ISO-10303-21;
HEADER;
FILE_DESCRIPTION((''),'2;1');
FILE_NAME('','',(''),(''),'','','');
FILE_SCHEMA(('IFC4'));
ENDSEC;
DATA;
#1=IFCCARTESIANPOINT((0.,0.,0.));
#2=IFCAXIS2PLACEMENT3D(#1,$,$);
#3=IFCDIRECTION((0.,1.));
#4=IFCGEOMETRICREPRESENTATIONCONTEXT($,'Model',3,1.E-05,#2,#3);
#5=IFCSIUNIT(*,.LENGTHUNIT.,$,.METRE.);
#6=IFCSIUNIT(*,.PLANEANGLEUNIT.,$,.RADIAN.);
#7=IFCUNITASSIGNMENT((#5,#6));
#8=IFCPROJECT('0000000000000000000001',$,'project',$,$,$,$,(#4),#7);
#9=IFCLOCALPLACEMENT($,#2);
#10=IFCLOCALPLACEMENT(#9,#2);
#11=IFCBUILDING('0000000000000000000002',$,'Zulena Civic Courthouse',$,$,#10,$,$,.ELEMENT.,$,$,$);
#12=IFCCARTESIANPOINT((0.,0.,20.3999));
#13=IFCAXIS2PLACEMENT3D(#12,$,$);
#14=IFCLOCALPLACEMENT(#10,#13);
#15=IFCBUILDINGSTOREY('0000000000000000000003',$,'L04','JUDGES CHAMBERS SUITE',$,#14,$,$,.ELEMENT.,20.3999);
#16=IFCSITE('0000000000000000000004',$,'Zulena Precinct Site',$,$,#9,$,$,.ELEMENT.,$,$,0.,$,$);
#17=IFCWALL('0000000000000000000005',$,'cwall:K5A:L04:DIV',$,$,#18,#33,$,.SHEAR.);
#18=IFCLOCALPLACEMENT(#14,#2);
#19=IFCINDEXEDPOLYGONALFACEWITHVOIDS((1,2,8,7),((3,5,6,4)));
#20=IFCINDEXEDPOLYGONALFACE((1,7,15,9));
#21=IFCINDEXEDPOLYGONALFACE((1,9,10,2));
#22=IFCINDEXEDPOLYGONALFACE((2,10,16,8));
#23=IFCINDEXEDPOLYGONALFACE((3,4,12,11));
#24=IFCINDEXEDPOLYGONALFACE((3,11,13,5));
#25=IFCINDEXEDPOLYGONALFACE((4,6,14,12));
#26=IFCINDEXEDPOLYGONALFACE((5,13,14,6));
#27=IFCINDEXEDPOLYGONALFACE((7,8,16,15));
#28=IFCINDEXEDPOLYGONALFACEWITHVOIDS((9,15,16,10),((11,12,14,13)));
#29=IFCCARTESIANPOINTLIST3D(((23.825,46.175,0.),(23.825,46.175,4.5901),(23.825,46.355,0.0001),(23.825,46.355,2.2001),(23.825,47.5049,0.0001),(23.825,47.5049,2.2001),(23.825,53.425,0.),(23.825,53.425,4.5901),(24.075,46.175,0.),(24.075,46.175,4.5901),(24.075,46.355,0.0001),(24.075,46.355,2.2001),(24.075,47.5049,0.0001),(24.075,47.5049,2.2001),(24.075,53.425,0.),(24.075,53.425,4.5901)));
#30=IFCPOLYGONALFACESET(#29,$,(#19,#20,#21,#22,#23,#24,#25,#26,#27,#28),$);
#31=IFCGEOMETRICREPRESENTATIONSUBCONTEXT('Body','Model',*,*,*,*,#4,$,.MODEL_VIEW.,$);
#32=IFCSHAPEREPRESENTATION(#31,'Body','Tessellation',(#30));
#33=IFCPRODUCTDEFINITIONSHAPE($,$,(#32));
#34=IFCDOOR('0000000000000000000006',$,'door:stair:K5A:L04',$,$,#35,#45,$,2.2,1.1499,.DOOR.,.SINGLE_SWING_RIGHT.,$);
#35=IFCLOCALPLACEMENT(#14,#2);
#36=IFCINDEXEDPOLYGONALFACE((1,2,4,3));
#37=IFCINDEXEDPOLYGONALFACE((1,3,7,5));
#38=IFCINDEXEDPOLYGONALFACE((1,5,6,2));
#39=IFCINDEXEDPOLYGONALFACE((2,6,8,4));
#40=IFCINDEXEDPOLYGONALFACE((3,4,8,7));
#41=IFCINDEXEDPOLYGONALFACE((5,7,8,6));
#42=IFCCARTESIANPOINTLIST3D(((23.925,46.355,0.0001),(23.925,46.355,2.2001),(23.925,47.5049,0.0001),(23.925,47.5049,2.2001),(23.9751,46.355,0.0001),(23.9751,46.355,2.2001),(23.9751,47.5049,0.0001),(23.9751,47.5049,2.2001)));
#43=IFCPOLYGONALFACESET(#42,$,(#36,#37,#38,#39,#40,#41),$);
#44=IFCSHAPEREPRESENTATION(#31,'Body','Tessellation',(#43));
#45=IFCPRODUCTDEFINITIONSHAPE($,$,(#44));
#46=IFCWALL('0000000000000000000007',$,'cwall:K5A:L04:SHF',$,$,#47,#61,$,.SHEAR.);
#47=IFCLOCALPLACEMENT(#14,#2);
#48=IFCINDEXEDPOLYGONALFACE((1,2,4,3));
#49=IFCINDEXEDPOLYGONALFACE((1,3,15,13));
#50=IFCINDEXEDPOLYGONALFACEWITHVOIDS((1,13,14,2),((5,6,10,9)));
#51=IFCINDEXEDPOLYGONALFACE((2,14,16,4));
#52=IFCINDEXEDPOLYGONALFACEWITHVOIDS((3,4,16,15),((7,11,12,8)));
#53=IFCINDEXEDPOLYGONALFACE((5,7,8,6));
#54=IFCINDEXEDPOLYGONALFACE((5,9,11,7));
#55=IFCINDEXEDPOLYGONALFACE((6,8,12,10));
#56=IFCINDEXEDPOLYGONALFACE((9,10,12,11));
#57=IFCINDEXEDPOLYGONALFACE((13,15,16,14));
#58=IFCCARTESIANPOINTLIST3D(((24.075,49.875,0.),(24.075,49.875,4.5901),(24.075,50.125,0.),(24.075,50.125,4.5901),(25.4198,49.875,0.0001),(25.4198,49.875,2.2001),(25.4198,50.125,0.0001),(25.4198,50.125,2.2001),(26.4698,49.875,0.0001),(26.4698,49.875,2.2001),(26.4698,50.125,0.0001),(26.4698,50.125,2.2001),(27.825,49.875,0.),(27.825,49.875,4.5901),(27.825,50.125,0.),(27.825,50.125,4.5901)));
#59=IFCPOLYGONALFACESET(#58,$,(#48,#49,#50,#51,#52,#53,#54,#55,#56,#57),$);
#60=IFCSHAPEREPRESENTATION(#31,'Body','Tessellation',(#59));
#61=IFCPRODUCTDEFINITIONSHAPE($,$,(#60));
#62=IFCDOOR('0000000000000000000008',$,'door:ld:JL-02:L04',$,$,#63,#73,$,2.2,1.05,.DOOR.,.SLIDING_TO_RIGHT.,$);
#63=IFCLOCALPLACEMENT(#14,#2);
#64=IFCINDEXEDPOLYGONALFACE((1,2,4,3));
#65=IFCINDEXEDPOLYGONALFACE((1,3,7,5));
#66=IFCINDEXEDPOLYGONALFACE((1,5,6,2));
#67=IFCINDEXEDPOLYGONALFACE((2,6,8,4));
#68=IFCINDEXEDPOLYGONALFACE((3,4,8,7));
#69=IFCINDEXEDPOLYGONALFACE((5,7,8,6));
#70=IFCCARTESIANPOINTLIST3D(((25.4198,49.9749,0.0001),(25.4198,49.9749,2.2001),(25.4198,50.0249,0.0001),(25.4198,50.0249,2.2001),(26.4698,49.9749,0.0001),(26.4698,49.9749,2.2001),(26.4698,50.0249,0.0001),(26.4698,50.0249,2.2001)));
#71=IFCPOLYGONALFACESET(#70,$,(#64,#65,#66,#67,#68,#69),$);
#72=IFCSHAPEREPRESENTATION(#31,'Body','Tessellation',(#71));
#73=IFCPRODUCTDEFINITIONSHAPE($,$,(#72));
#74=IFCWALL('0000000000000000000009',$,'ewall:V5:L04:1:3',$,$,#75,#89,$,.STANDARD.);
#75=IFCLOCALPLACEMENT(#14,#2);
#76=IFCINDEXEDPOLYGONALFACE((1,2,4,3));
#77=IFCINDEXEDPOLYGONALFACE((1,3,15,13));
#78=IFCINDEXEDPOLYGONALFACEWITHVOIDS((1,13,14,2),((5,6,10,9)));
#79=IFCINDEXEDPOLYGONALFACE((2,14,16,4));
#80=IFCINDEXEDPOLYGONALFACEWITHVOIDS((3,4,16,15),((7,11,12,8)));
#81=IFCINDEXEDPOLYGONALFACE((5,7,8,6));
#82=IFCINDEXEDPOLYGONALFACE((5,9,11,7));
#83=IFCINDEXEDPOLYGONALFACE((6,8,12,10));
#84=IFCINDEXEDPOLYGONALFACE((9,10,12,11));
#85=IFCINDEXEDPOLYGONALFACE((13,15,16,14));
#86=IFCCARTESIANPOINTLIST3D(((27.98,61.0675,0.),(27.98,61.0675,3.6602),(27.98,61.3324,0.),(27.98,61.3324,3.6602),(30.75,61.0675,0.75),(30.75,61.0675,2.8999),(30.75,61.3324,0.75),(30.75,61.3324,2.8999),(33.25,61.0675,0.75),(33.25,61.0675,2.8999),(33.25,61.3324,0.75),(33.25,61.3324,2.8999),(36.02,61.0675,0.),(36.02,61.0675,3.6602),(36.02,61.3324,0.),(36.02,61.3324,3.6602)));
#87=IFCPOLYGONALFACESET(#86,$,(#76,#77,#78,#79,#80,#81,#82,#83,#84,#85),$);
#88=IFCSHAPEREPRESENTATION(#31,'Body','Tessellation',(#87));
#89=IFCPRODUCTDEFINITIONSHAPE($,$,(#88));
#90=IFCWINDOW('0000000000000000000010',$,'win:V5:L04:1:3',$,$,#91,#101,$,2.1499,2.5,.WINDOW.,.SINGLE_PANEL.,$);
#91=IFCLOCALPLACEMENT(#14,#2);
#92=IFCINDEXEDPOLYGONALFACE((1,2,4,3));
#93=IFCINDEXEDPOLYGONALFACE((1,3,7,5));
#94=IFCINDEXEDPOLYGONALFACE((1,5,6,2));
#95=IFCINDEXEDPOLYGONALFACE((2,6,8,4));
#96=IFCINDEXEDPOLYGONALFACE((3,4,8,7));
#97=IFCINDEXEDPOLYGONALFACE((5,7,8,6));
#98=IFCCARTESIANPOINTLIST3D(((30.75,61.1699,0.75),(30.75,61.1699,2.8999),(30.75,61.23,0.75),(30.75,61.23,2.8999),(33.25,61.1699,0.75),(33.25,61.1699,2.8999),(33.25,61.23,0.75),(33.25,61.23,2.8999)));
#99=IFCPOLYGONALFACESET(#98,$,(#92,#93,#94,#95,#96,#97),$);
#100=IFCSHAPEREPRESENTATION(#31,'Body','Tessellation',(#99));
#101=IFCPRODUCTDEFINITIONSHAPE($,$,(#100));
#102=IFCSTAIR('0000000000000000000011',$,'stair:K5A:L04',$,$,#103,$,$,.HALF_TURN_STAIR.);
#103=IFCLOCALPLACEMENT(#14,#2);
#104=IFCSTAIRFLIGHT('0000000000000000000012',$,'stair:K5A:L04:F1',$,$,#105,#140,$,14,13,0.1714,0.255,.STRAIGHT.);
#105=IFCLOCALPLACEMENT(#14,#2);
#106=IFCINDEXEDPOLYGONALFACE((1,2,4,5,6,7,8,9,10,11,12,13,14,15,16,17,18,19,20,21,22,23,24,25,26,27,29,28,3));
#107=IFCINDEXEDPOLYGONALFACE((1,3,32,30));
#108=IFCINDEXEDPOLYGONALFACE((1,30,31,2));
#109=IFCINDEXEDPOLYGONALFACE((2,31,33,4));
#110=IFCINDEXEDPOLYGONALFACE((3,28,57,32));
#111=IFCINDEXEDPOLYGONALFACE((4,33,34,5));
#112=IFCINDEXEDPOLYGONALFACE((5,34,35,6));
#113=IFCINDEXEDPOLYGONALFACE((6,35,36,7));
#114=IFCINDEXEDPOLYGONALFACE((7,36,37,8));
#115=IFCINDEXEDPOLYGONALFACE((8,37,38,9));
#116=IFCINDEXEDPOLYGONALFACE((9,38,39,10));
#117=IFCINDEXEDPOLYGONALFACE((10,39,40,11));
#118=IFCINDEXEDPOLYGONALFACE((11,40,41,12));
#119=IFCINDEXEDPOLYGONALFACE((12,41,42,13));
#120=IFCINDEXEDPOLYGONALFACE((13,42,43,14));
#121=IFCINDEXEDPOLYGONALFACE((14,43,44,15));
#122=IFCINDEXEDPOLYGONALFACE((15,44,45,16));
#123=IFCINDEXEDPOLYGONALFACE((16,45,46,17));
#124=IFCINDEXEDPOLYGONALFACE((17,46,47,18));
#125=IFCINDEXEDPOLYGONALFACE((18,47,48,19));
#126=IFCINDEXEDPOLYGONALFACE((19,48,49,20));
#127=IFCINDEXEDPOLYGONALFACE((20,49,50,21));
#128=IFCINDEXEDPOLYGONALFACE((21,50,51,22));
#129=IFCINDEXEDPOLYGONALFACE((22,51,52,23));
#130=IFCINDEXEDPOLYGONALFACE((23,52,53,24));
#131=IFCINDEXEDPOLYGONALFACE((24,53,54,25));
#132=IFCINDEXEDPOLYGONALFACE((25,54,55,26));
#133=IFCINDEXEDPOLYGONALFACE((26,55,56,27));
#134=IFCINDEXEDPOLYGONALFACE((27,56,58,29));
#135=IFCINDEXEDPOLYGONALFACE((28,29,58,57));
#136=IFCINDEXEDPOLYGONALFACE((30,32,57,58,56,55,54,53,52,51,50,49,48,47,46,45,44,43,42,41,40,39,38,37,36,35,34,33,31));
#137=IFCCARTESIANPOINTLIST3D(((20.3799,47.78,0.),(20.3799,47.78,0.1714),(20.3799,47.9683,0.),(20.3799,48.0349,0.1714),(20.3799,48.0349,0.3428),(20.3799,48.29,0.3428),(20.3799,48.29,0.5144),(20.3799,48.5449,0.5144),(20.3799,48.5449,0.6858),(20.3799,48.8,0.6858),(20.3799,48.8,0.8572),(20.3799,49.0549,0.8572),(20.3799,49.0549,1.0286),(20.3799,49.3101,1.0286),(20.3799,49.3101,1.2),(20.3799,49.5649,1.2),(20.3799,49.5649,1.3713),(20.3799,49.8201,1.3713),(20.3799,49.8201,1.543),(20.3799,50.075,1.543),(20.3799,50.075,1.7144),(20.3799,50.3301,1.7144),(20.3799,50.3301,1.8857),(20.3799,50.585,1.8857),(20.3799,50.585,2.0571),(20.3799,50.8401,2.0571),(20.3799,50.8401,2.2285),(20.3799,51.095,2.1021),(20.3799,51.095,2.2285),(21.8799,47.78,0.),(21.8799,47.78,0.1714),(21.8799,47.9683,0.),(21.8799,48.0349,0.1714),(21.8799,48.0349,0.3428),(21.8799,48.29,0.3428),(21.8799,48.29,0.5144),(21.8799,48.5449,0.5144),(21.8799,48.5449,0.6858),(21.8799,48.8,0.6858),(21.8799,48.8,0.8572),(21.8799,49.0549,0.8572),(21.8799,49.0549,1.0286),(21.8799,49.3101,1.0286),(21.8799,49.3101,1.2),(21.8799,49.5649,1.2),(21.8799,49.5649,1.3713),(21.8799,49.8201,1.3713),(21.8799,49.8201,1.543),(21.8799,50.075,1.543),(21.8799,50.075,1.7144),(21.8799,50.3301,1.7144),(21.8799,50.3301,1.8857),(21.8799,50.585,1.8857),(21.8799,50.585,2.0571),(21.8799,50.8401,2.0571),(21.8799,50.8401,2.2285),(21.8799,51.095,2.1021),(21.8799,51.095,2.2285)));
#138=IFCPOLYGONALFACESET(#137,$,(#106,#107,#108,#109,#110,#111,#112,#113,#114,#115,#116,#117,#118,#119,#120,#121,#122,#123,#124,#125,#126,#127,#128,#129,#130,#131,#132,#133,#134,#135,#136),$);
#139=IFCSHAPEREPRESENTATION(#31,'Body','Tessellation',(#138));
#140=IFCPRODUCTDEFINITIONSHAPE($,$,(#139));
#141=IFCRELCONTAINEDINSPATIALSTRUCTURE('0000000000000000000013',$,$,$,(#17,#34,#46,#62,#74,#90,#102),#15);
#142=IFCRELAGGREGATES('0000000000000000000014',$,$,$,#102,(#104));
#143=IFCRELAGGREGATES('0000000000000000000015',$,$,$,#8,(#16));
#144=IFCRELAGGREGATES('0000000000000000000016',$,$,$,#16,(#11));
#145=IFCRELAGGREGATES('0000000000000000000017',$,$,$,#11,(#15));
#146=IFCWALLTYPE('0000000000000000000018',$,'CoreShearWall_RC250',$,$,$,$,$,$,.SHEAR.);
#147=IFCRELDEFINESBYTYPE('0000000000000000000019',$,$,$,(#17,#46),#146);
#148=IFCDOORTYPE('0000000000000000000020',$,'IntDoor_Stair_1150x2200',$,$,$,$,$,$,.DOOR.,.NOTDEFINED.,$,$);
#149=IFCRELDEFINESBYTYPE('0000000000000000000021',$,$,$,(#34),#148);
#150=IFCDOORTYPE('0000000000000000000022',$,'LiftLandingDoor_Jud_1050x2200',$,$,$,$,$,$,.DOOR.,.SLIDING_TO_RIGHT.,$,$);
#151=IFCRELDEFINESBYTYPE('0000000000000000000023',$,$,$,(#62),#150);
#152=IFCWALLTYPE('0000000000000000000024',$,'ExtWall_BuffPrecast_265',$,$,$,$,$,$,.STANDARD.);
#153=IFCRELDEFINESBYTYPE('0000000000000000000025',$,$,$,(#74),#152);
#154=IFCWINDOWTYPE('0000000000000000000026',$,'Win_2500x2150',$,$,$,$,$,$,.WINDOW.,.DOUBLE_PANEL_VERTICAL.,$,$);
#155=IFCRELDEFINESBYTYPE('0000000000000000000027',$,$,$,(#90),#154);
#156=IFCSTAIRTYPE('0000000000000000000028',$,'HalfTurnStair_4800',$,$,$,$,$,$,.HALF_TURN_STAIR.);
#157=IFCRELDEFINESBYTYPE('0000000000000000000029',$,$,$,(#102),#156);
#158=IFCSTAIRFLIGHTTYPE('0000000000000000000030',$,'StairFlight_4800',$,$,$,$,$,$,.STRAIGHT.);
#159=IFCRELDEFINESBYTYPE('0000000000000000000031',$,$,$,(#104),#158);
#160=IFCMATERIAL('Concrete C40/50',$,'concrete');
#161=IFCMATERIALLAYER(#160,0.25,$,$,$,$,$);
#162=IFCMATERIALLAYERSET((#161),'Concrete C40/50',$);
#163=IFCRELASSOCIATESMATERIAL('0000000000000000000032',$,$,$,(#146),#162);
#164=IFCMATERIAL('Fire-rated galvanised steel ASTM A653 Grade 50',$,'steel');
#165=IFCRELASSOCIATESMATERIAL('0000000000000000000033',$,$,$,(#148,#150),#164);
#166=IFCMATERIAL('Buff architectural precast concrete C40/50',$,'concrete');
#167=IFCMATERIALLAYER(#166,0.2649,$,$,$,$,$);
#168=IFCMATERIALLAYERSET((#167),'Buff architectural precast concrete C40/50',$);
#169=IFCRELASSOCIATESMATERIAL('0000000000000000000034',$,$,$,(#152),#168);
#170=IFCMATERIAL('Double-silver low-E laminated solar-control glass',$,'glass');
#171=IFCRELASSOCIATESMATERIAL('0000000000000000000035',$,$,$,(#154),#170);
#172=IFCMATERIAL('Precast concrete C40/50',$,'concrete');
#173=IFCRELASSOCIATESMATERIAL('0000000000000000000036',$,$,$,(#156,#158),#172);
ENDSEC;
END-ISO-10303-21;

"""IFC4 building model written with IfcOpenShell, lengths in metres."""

from ifc_helpers import new_model, si_unit, direction, frame, frame_2d, origin, place, context, subcontext, project, spatial, polyline, rectangle, outline, extrude, material, layer, layer_set, type_object, element, fill, aggregate, save


model = new_model("IFC4")

# Units and contexts
model_context = context("Model", 3, precision=1e-05, world=origin(), true_north=direction((0.0, 1.0)))
body_context = subcontext(model_context, "Body", "Model", "MODEL_VIEW")
ifc_project = project(units=[si_unit("LENGTHUNIT", "METRE"), si_unit("PLANEANGLEUNIT", "RADIAN")], contexts=[model_context])

# Site, building, storey
site_placement = place(None, origin())
site = spatial("IfcSite", under=ifc_project, at=site_placement, Name="Zulena Precinct Site", CompositionType="ELEMENT", RefElevation=0.0)
building_placement = place(site_placement, origin())
building = spatial("IfcBuilding", under=site, at=building_placement, Name="Zulena Civic Courthouse", CompositionType="ELEMENT")
storey_placement = place(building_placement, frame((0.0, 0.0, 20.3999)))
storey = spatial("IfcBuildingStorey", under=building, at=storey_placement, Name="L04", Description="JUDGES CHAMBERS SUITE", CompositionType="ELEMENT", Elevation=20.3999)

# Walls, openings, doors
ifc_material_1 = material(Name="Concrete C40/50", Category="concrete")
ifc_layer_1 = layer(ifc_material_1, 0.25)
ifc_layer_set_1 = layer_set([ifc_layer_1], Name="Concrete C40/50")
wall_type_1 = type_object("IfcWallType", Name="CoreShearWall_RC250", PredefinedType="SHEAR", material=ifc_layer_set_1)
wall_1_placement = place(storey_placement, frame((23.95, 46.175, 0.0), z_axis=(0.0, 0.0, 1.0), x_axis=(0.0, 1.0, 0.0)))
wall_1 = element("IfcWall", 1, at=wall_1_placement, inside=storey, type_object=wall_type_1, Name="cwall:K5A:L04:DIV", PredefinedType="SHEAR", context=body_context, shape_type="SweptSolid", body=[
    extrude(rectangle(XDim=7.25, YDim=0.25, at=frame_2d((3.625, 0.0))), origin(), (0.0, 0.0, 1.0), 4.5901),
])
opening_1_placement = place(wall_1_placement, frame((0.1799, 0.0, 0.0)))
opening_1 = element("IfcOpeningElement", 2, at=opening_1_placement, cuts=wall_1, PredefinedType="OPENING", context=body_context, shape_type="SweptSolid", body=[
    extrude(rectangle(XDim=1.1499, YDim=2.2, at=frame_2d((0.575, 1.1001))), frame((0.0, 0.135, 0.0), z_axis=(0.0, -1.0, 0.0), x_axis=(1.0, 0.0, 0.0)), (0.0, 0.0, 1.0), 0.27),
])
ifc_material_2 = material(Name="Fire-rated galvanised steel ASTM A653 Grade 50", Category="steel")
door_type_1 = type_object("IfcDoorType", Name="IntDoor_Stair_1150x2200", OperationType="NOTDEFINED", PredefinedType="DOOR", material=ifc_material_2)
door_1_placement = place(opening_1_placement, origin())
door_1 = element("IfcDoor", 3, at=door_1_placement, inside=storey, type_object=door_type_1, Name="door:stair:K5A:L04", OperationType="SINGLE_SWING_RIGHT", OverallHeight=2.2, OverallWidth=1.1499, PredefinedType="DOOR", context=body_context, shape_type="SweptSolid", body=[
    extrude(rectangle(XDim=1.1499, YDim=2.2, at=frame_2d((0.575, 1.1001))), frame((0.0, 0.0249, 0.0), z_axis=(0.0, -1.0, 0.0), x_axis=(1.0, 0.0, 0.0)), (0.0, 0.0, 1.0), 0.05),
])
fill(opening_1, door_1)
wall_2_placement = place(storey_placement, frame((24.075, 50.0, 0.0), z_axis=(0.0, 0.0, 1.0), x_axis=(1.0, 0.0, 0.0)))
wall_2 = element("IfcWall", 4, at=wall_2_placement, inside=storey, type_object=wall_type_1, Name="cwall:K5A:L04:SHF", PredefinedType="SHEAR", context=body_context, shape_type="SweptSolid", body=[
    extrude(rectangle(XDim=3.75, YDim=0.25, at=frame_2d((1.875, 0.0))), origin(), (0.0, 0.0, 1.0), 4.5901),
])
opening_2_placement = place(wall_2_placement, frame((1.345, 0.0, 0.0)))
opening_2 = element("IfcOpeningElement", 5, at=opening_2_placement, cuts=wall_2, PredefinedType="OPENING", context=body_context, shape_type="SweptSolid", body=[
    extrude(rectangle(XDim=1.05, YDim=2.2, at=frame_2d((0.5249, 1.1001))), frame((0.0, 0.135, 0.0), z_axis=(0.0, -1.0, 0.0), x_axis=(1.0, 0.0, 0.0)), (0.0, 0.0, 1.0), 0.27),
])
door_type_2 = type_object("IfcDoorType", Name="LiftLandingDoor_Jud_1050x2200", OperationType="SLIDING_TO_RIGHT", PredefinedType="DOOR", material=ifc_material_2)
door_2_placement = place(opening_2_placement, origin())
door_2 = element("IfcDoor", 6, at=door_2_placement, inside=storey, type_object=door_type_2, Name="door:ld:JL-02:L04", OperationType="SLIDING_TO_RIGHT", OverallHeight=2.2, OverallWidth=1.05, PredefinedType="DOOR", context=body_context, shape_type="SweptSolid", body=[
    extrude(rectangle(XDim=1.05, YDim=2.2, at=frame_2d((0.5249, 1.1001))), frame((0.0, 0.0249, 0.0), z_axis=(0.0, -1.0, 0.0), x_axis=(1.0, 0.0, 0.0)), (0.0, 0.0, 1.0), 0.05),
])
fill(opening_2, door_2)

# Wall, opening, window
ifc_material_3 = material(Name="Buff architectural precast concrete C40/50", Category="concrete")
ifc_layer_2 = layer(ifc_material_3, 0.2649)
ifc_layer_set_2 = layer_set([ifc_layer_2], Name="Buff architectural precast concrete C40/50")
wall_type_2 = type_object("IfcWallType", Name="ExtWall_BuffPrecast_265", PredefinedType="STANDARD", material=ifc_layer_set_2)
wall_3_placement = place(storey_placement, frame((27.98, 61.2, 0.0), z_axis=(0.0, 0.0, 1.0), x_axis=(1.0, 0.0, 0.0)))
wall_3 = element("IfcWall", 7, at=wall_3_placement, inside=storey, type_object=wall_type_2, Name="ewall:V5:L04:1:3", PredefinedType="STANDARD", context=body_context, shape_type="SweptSolid", body=[
    extrude(rectangle(XDim=8.04, YDim=0.2649, at=frame_2d((4.02, 0.0))), origin(), (0.0, 0.0, 1.0), 3.6602),
])
opening_3_placement = place(wall_3_placement, frame((2.77, 0.0, 0.75)))
opening_3 = element("IfcOpeningElement", 8, at=opening_3_placement, cuts=wall_3, PredefinedType="OPENING", context=body_context, shape_type="SweptSolid", body=[
    extrude(rectangle(XDim=2.5, YDim=2.1499, at=frame_2d((1.25, 1.075))), frame((0.0, 0.1423, 0.0), z_axis=(0.0, -1.0, 0.0), x_axis=(1.0, 0.0, 0.0)), (0.0, 0.0, 1.0), 0.2849),
])
ifc_material_4 = material(Name="Double-silver low-E laminated solar-control glass", Category="glass")
window_type = type_object("IfcWindowType", Name="Win_2500x2150", PartitioningType="DOUBLE_PANEL_VERTICAL", PredefinedType="WINDOW", material=ifc_material_4)
window_placement = place(opening_3_placement, origin())
window = element("IfcWindow", 9, at=window_placement, inside=storey, type_object=window_type, Name="win:V5:L04:1:3", OverallHeight=2.1499, OverallWidth=2.5, PartitioningType="SINGLE_PANEL", PredefinedType="WINDOW", context=body_context, shape_type="SweptSolid", body=[
    extrude(rectangle(XDim=2.5, YDim=2.1499, at=frame_2d((1.25, 1.075))), frame((0.0, 0.03, 0.0), z_axis=(0.0, -1.0, 0.0), x_axis=(1.0, 0.0, 0.0)), (0.0, 0.0, 1.0), 0.0601),
])
fill(opening_3, window)

# Stair, stair flight
ifc_material_5 = material(Name="Precast concrete C40/50", Category="concrete")
stair_type = type_object("IfcStairType", Name="HalfTurnStair_4800", PredefinedType="HALF_TURN_STAIR", material=ifc_material_5)
stair_placement = place(storey_placement, origin())
stair = element("IfcStair", 10, at=stair_placement, inside=storey, type_object=stair_type, Name="stair:K5A:L04", PredefinedType="HALF_TURN_STAIR")
stair_flight_type = type_object("IfcStairFlightType", Name="StairFlight_4800", PredefinedType="STRAIGHT", material=ifc_material_5)
stair_flight_1_placement = place(storey_placement, frame((21.1299, 47.78, 0.0), z_axis=(0.0, 0.0, 1.0), x_axis=(0.0, 1.0, 0.0)))
stair_flight_1 = element("IfcStairFlight", 11, at=stair_flight_1_placement, type_object=stair_flight_type, Name="stair:K5A:L04:F1", NumberOfRisers=14, NumberOfTreads=13, PredefinedType="STRAIGHT", RiserHeight=0.1714, TreadLength=0.255, context=body_context, shape_type="SweptSolid", body=[
    extrude(outline(polyline([(0.0, 0.0), (0.0, 0.1714), (0.2549, 0.1714), (0.2549, 0.3428), (0.51, 0.3428), (0.51, 0.5144), (0.7649, 0.5144), (0.7649, 0.6858), (1.02, 0.6858), (1.02, 0.8572), (1.2749, 0.8572), (1.2749, 1.0286), (1.53, 1.0286), (1.53, 1.2), (1.7849, 1.2), (1.7849, 1.3713), (2.04, 1.3713), (2.04, 1.543), (2.2949, 1.543), (2.2949, 1.7144), (2.55, 1.7144), (2.55, 1.8857), (2.8049, 1.8857), (2.8049, 2.0571), (3.0601, 2.0571), (3.0601, 2.2285), (3.3149, 2.2285), (3.3149, 2.3999), (3.3149, 2.1021), (0.1882, 0.0), (0.0, 0.0)])), frame((0.0, 0.75, 0.0), z_axis=(0.0, -1.0, 0.0), x_axis=(1.0, 0.0, 0.0)), (0.0, 0.0, 1.0), 1.5),
])
aggregate(stair, [stair_flight_1])

save(model, "model.ifc")
